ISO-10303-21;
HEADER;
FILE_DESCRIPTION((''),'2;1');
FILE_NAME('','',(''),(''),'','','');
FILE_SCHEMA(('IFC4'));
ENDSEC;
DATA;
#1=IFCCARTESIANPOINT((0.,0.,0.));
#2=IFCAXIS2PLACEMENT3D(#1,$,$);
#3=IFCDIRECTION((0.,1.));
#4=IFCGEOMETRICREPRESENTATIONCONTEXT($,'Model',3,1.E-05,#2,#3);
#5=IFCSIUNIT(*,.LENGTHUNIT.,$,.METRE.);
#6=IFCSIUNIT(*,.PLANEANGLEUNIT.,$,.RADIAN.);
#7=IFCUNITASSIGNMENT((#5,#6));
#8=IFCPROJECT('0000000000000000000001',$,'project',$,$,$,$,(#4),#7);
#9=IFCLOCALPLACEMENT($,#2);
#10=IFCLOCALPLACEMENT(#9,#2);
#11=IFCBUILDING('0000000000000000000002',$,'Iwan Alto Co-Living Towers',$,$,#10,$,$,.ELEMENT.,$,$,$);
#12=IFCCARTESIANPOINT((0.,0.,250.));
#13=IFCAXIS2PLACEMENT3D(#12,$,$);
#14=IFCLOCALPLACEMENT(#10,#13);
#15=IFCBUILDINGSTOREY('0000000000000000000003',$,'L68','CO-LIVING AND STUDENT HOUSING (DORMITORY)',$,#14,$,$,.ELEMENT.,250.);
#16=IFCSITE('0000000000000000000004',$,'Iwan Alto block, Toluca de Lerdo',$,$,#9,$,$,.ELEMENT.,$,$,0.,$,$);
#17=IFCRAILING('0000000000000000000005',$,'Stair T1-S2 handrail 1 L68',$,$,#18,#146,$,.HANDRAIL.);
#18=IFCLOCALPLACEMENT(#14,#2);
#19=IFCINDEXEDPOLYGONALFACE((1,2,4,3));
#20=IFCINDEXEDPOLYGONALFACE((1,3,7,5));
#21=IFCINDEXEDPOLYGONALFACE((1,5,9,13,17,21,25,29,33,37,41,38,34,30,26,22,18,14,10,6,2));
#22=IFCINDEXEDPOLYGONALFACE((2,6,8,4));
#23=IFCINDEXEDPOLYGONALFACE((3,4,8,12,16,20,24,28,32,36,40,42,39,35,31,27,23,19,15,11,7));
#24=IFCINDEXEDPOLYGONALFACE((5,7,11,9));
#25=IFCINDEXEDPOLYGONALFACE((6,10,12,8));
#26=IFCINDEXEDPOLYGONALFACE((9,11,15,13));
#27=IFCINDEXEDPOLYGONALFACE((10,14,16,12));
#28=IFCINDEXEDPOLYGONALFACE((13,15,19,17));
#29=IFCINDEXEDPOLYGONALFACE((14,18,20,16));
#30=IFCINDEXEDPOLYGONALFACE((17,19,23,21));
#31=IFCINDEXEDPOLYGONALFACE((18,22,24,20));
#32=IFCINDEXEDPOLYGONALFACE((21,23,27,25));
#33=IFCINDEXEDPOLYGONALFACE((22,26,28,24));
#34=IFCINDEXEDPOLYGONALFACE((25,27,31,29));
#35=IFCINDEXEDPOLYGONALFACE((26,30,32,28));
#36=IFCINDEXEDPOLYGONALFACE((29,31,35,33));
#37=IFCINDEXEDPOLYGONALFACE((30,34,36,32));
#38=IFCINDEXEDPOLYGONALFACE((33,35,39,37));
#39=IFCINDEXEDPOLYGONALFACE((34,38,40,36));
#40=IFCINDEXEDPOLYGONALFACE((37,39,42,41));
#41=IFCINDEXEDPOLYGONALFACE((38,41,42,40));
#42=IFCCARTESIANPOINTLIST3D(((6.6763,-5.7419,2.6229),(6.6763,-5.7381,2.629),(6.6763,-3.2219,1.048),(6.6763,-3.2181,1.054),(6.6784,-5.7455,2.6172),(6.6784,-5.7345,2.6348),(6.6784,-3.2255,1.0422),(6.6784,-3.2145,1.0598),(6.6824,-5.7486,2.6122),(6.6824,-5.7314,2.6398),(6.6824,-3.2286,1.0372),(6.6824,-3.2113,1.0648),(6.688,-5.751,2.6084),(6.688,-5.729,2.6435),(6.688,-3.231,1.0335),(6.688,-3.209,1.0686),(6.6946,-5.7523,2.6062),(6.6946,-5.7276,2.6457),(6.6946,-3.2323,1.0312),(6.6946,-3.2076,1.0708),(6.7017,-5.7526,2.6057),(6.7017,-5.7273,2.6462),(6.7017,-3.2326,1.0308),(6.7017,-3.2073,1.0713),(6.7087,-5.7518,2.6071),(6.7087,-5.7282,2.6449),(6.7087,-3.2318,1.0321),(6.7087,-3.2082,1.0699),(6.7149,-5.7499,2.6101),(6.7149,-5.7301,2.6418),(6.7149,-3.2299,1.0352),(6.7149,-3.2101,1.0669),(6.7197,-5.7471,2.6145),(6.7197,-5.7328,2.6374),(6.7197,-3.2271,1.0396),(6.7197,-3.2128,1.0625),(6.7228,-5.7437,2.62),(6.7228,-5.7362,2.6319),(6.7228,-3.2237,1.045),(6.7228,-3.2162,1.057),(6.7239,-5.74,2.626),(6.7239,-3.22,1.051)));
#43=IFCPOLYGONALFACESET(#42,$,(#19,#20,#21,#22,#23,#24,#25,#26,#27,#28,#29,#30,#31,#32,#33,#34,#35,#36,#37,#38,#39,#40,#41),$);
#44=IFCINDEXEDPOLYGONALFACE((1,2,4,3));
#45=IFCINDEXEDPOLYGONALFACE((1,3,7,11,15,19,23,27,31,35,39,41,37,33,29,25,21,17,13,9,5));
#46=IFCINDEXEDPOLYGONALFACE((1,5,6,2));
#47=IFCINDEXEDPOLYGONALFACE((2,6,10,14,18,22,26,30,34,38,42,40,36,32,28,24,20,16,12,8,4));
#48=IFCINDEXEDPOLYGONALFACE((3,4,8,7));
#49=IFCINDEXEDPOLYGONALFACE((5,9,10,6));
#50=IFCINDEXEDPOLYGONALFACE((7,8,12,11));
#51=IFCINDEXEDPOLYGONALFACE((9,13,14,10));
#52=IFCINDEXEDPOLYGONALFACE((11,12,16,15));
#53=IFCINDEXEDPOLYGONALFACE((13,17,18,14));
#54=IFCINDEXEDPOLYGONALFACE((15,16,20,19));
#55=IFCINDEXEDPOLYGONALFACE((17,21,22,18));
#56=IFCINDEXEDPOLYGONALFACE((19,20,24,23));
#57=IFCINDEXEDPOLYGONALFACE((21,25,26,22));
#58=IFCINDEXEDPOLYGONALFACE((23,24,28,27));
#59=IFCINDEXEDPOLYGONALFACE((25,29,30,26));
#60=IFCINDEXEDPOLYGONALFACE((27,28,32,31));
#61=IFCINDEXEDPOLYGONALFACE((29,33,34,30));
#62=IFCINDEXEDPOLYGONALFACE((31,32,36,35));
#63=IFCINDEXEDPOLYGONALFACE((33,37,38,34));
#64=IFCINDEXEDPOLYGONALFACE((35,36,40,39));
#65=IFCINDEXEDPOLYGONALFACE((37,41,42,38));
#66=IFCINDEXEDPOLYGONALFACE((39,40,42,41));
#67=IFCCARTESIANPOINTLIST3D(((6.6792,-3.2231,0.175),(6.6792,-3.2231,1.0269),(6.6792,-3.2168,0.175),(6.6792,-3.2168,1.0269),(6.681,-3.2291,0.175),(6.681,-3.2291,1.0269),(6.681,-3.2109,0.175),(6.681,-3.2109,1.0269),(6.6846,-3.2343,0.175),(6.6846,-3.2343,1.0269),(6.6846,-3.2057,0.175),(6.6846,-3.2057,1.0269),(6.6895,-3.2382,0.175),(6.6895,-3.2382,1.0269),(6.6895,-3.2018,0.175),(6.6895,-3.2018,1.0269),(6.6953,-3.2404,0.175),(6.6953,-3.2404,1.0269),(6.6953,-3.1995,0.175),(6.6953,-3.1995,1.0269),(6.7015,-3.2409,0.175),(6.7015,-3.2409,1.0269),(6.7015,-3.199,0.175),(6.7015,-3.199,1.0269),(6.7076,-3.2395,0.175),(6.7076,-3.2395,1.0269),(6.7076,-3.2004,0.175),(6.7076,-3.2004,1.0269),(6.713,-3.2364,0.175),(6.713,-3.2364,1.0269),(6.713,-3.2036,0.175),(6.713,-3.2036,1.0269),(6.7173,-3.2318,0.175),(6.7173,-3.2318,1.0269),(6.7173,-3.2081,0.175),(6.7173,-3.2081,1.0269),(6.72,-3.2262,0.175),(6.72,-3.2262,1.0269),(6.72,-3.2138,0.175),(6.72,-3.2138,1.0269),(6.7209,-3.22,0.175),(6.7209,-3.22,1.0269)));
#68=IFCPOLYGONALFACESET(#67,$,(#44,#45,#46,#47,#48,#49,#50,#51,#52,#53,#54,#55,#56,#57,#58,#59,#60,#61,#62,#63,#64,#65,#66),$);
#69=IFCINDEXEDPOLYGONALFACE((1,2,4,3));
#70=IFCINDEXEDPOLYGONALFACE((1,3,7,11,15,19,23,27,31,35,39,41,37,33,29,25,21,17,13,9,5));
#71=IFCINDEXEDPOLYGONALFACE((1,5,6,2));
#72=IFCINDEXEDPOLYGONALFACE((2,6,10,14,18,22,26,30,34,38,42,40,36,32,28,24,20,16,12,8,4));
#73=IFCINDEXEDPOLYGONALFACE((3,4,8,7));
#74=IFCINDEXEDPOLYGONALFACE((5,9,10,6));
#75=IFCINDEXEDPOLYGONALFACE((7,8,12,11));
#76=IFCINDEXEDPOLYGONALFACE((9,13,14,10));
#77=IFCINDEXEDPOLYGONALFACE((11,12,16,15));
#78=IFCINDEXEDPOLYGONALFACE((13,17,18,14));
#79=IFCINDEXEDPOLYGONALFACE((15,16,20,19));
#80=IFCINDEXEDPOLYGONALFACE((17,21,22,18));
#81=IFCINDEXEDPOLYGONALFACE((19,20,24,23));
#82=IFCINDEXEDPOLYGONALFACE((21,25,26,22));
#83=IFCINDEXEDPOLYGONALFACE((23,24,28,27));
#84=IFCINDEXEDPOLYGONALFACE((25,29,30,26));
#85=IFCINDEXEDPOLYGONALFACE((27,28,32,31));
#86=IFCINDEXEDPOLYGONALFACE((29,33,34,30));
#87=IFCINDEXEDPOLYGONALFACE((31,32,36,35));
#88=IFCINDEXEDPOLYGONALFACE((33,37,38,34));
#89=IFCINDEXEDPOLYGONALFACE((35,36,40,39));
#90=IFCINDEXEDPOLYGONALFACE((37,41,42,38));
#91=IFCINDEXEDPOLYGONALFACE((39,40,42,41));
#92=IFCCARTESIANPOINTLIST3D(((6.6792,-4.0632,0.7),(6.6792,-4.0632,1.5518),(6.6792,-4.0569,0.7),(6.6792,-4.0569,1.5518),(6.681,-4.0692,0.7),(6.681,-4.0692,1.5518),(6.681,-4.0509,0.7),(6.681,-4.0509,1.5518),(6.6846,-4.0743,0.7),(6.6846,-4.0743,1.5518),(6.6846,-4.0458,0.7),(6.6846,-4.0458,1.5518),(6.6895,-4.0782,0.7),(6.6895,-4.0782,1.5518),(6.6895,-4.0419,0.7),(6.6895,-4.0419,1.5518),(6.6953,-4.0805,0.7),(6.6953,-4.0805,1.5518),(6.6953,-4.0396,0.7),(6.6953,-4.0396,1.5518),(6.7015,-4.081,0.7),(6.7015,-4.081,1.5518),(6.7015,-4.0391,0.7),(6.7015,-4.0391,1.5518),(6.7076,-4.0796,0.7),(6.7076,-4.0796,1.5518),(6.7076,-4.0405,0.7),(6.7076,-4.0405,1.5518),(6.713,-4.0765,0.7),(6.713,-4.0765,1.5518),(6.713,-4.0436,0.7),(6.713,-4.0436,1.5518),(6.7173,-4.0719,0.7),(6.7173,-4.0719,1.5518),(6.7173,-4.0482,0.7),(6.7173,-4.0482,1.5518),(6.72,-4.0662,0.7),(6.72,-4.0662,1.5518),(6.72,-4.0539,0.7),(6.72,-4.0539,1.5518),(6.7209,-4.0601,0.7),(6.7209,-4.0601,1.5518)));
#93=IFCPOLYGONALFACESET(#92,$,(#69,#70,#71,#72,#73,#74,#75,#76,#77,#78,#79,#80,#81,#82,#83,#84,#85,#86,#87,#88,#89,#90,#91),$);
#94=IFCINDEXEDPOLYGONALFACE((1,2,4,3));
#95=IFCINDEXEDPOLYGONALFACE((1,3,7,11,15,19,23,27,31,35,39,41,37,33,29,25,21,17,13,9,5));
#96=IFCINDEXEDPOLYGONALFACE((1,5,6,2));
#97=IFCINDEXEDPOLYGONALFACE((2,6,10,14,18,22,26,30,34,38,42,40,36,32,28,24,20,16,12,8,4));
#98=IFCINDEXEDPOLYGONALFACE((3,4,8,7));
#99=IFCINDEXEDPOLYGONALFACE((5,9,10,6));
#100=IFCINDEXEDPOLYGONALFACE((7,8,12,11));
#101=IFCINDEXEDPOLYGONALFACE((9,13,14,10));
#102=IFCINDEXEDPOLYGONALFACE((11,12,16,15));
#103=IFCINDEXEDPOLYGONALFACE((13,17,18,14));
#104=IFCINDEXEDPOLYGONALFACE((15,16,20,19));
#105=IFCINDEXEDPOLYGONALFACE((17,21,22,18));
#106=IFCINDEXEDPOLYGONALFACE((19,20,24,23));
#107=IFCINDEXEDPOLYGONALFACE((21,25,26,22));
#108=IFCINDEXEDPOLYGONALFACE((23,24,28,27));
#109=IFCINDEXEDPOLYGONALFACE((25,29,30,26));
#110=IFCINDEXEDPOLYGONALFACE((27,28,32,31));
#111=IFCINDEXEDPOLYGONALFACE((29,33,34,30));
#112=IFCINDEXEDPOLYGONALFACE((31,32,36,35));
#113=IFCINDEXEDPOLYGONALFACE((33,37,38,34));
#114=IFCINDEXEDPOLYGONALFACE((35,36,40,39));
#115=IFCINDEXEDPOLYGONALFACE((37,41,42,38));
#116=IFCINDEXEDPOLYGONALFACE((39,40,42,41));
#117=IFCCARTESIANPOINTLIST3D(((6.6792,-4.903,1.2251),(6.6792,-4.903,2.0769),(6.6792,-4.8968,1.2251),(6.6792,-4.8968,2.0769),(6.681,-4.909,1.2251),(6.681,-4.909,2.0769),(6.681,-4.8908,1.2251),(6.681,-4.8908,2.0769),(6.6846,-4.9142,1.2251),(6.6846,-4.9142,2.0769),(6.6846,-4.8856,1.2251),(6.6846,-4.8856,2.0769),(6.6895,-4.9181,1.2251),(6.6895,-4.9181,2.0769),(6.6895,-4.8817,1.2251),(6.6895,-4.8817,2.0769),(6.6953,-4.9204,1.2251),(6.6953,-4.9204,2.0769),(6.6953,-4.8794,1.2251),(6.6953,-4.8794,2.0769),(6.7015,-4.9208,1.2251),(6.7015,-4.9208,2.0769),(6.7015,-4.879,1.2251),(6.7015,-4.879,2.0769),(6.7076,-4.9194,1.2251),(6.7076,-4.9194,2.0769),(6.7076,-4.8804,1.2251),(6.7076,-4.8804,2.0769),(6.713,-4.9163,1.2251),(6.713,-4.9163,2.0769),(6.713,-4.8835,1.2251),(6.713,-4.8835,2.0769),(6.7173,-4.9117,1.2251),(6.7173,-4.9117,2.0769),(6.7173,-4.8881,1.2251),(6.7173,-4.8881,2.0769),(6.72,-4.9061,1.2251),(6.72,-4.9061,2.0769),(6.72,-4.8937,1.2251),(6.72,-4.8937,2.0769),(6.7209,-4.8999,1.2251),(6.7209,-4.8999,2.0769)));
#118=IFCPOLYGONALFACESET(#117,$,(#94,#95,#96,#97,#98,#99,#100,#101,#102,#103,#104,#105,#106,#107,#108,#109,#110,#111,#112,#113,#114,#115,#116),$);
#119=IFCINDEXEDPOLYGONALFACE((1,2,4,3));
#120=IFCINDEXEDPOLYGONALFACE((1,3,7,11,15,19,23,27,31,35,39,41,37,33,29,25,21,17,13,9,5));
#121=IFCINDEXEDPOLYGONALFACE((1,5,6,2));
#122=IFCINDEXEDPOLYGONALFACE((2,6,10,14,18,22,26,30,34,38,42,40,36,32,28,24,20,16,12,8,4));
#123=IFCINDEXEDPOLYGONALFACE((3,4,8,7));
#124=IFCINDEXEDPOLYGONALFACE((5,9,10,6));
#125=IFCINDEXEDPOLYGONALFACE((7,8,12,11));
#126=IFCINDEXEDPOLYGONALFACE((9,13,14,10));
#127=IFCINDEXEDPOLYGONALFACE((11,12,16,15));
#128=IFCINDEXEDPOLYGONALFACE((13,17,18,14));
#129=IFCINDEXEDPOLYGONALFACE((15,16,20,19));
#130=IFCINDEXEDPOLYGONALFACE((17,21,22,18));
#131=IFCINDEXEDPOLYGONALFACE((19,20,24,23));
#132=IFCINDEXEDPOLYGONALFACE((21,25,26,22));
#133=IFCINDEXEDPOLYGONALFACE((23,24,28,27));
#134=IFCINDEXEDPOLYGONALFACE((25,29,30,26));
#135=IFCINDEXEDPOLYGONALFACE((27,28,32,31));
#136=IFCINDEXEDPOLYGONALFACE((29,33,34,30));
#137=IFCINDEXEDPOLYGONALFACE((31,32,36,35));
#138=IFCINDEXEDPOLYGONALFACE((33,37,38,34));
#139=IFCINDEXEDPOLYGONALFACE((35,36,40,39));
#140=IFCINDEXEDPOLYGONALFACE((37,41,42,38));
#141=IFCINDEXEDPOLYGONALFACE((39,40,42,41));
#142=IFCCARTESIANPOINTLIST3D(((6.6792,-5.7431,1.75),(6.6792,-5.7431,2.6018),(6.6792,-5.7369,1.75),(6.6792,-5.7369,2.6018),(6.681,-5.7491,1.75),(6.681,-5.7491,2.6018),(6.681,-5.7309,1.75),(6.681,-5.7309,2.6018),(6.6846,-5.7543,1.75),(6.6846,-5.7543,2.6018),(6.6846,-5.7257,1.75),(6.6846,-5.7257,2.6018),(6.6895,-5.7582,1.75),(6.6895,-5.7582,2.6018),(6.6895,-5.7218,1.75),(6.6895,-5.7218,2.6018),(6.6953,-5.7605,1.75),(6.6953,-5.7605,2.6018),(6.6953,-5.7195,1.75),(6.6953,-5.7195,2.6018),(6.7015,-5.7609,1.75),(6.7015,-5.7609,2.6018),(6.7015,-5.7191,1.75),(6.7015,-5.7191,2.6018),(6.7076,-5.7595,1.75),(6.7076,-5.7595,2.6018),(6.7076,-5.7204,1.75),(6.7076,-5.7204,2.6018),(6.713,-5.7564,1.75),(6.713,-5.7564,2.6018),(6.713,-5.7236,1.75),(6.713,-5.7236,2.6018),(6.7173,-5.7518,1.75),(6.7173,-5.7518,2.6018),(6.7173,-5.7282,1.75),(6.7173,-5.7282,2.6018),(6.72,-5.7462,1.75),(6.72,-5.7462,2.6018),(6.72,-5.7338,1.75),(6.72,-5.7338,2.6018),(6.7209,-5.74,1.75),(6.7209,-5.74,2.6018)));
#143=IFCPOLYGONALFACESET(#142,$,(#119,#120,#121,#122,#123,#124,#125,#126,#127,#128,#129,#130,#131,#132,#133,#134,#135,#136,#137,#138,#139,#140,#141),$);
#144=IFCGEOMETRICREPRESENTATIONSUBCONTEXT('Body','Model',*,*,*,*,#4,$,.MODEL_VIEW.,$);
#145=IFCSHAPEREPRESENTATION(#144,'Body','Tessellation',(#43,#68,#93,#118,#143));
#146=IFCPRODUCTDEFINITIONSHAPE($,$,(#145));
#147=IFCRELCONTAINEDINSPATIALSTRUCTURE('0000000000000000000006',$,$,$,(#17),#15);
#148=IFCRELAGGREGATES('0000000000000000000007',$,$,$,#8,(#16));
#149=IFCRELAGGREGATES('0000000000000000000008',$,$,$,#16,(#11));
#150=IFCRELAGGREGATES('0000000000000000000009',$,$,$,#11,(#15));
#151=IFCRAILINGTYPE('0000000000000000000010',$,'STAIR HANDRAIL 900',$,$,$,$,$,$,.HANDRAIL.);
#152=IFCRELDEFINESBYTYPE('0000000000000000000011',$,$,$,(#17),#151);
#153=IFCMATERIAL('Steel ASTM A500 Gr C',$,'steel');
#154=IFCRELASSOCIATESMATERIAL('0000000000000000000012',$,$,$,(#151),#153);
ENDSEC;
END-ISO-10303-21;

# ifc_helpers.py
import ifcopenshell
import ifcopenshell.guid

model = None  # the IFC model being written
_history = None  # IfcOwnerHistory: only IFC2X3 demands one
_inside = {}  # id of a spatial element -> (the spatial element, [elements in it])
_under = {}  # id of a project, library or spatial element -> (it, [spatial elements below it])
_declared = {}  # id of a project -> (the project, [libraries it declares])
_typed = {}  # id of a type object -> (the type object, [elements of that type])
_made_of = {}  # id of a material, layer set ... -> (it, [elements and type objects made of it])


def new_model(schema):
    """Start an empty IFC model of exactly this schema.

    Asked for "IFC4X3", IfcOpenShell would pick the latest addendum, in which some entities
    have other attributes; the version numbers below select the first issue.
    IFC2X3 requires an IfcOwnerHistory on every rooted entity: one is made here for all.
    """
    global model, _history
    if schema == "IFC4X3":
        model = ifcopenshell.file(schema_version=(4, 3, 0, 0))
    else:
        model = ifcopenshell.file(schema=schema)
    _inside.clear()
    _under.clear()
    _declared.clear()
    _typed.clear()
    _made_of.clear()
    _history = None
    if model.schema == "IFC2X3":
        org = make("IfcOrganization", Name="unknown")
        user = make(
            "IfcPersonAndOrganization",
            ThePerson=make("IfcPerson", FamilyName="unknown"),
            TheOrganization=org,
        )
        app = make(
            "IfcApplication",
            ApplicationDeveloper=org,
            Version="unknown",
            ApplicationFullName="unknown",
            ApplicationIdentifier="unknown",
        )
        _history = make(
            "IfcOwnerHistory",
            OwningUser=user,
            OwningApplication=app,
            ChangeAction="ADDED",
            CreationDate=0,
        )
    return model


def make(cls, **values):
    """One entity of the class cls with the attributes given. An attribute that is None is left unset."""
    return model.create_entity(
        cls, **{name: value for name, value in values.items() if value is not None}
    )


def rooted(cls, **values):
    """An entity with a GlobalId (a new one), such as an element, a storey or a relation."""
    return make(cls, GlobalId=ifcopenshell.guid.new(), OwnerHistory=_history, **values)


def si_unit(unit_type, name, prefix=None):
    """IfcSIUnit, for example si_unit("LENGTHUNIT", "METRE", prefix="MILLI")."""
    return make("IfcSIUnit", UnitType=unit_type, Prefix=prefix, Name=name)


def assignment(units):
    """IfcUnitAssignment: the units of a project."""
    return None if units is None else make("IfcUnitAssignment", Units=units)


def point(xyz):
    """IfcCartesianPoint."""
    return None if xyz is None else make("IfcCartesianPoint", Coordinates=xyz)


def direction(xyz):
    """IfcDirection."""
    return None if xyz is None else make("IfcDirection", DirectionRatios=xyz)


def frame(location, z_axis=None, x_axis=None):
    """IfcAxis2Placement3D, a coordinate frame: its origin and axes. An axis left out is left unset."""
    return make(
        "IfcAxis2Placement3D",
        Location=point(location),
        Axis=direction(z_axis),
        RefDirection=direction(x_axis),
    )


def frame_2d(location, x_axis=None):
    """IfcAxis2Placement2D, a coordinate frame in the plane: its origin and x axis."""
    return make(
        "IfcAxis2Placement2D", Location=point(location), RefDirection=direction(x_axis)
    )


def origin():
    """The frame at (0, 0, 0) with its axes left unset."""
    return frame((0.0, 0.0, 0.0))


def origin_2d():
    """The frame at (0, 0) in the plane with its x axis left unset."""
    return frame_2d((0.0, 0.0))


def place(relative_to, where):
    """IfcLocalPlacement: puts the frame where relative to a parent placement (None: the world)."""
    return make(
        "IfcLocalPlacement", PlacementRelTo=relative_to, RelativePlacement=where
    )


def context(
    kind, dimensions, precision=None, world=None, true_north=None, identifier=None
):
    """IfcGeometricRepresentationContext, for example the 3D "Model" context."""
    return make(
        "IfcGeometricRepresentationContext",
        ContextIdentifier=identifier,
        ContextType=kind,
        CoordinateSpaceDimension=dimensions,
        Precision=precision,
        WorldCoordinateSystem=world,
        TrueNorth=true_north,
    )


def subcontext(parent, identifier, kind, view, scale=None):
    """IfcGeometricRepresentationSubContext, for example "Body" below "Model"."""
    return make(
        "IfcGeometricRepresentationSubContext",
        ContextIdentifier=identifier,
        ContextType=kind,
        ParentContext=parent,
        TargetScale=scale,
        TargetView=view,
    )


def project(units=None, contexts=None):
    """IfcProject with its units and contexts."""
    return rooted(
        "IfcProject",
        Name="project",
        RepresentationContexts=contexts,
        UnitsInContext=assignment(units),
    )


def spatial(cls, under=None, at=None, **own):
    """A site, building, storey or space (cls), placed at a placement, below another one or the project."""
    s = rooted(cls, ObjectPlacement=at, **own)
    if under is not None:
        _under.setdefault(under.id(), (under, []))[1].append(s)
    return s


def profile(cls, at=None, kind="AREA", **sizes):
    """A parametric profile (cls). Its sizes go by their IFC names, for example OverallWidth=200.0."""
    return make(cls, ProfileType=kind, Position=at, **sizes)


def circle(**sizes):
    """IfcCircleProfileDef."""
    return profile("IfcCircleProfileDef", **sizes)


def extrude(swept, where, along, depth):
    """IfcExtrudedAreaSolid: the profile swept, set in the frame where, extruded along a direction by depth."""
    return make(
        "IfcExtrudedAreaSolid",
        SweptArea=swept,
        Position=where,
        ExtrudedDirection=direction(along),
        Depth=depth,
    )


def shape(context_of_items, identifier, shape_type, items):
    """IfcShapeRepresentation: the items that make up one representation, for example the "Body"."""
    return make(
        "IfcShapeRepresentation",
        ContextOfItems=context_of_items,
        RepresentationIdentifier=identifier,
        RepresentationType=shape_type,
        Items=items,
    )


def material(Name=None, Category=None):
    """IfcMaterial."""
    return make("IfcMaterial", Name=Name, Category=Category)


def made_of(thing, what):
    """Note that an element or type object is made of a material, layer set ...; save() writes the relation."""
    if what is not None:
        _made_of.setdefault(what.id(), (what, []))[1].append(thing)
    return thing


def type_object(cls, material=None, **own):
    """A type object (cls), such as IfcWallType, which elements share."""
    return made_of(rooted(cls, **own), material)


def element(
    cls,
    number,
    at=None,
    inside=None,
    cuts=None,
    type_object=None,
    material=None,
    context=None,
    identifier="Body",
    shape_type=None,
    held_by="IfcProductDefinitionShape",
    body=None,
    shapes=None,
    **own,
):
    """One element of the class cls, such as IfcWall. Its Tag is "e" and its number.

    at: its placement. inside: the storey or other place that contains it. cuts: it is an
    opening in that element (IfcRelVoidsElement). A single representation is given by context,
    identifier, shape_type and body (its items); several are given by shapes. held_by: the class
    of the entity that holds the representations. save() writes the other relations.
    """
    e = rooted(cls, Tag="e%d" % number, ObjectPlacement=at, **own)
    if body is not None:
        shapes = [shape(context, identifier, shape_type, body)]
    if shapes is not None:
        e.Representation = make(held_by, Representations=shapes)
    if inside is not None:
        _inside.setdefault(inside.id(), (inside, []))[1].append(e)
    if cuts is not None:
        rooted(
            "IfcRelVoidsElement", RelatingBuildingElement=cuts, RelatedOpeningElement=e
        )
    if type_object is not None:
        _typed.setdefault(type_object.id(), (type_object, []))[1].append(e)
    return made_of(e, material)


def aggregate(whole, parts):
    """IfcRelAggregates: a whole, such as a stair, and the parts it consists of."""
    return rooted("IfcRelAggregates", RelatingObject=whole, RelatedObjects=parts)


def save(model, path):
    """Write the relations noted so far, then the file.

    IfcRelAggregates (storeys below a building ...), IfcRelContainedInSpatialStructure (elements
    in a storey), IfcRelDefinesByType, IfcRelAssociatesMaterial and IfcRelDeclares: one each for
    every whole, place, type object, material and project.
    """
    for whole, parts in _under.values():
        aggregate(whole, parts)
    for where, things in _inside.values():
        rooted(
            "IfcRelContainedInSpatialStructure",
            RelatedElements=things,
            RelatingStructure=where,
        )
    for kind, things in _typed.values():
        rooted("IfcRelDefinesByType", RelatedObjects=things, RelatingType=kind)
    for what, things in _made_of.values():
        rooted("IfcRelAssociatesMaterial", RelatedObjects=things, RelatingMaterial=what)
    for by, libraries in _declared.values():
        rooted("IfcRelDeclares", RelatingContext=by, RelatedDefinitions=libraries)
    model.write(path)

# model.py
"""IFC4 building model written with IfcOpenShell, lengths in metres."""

from ifc_helpers import new_model, si_unit, direction, frame, origin, origin_2d, place, context, subcontext, project, spatial, circle, extrude, material, type_object, element, save


model = new_model("IFC4")

# Units and contexts
model_context = context("Model", 3, precision=1e-05, world=origin(), true_north=direction((0.0, 1.0)))
body_context = subcontext(model_context, "Body", "Model", "MODEL_VIEW")
ifc_project = project(units=[si_unit("LENGTHUNIT", "METRE"), si_unit("PLANEANGLEUNIT", "RADIAN")], contexts=[model_context])

# Site, building, storey
site_placement = place(None, origin())
site = spatial("IfcSite", under=ifc_project, at=site_placement, Name="Iwan Alto block, Toluca de Lerdo", CompositionType="ELEMENT", RefElevation=0.0)
building_placement = place(site_placement, origin())
building = spatial("IfcBuilding", under=site, at=building_placement, Name="Iwan Alto Co-Living Towers", CompositionType="ELEMENT")
storey_placement = place(building_placement, frame((0.0, 0.0, 250.0)))
storey = spatial("IfcBuildingStorey", under=building, at=storey_placement, Name="L68", Description="CO-LIVING AND STUDENT HOUSING (DORMITORY)", CompositionType="ELEMENT", Elevation=250.0)

# Railing
ifc_material_1 = material(Name="Steel ASTM A500 Gr C", Category="steel")
railing_type_1 = type_object("IfcRailingType", Name="STAIR HANDRAIL 900", PredefinedType="HANDRAIL", material=ifc_material_1)
railing_1_placement = place(storey_placement, frame((6.7, -3.22, 0.175)))
element("IfcRailing", 1, at=railing_1_placement, inside=storey, type_object=railing_type_1, Name="Stair T1-S2 handrail 1 L68", PredefinedType="HANDRAIL", context=body_context, shape_type="SweptSolid", body=[
    extrude(circle(Radius=0.0239, at=origin_2d()), frame((0.0, 0.0, 0.876), z_axis=(0.0, -0.848008, 0.529984), x_axis=(1.0, 0.0, 0.0)), (0.0, 0.0, 1.0), 2.9717),
    extrude(circle(Radius=0.021, at=origin_2d()), origin(), (0.0, 0.0, 1.0), 0.8518),
    extrude(circle(Radius=0.021, at=origin_2d()), frame((0.0, -0.8401, 0.5249)), (0.0, 0.0, 1.0), 0.8518),
    extrude(circle(Radius=0.021, at=origin_2d()), frame((0.0, -1.6799, 1.05)), (0.0, 0.0, 1.0), 0.8518),
    extrude(circle(Radius=0.021, at=origin_2d()), frame((0.0, -2.52, 1.575)), (0.0, 0.0, 1.0), 0.8518),
])

save(model, "model.ifc")
